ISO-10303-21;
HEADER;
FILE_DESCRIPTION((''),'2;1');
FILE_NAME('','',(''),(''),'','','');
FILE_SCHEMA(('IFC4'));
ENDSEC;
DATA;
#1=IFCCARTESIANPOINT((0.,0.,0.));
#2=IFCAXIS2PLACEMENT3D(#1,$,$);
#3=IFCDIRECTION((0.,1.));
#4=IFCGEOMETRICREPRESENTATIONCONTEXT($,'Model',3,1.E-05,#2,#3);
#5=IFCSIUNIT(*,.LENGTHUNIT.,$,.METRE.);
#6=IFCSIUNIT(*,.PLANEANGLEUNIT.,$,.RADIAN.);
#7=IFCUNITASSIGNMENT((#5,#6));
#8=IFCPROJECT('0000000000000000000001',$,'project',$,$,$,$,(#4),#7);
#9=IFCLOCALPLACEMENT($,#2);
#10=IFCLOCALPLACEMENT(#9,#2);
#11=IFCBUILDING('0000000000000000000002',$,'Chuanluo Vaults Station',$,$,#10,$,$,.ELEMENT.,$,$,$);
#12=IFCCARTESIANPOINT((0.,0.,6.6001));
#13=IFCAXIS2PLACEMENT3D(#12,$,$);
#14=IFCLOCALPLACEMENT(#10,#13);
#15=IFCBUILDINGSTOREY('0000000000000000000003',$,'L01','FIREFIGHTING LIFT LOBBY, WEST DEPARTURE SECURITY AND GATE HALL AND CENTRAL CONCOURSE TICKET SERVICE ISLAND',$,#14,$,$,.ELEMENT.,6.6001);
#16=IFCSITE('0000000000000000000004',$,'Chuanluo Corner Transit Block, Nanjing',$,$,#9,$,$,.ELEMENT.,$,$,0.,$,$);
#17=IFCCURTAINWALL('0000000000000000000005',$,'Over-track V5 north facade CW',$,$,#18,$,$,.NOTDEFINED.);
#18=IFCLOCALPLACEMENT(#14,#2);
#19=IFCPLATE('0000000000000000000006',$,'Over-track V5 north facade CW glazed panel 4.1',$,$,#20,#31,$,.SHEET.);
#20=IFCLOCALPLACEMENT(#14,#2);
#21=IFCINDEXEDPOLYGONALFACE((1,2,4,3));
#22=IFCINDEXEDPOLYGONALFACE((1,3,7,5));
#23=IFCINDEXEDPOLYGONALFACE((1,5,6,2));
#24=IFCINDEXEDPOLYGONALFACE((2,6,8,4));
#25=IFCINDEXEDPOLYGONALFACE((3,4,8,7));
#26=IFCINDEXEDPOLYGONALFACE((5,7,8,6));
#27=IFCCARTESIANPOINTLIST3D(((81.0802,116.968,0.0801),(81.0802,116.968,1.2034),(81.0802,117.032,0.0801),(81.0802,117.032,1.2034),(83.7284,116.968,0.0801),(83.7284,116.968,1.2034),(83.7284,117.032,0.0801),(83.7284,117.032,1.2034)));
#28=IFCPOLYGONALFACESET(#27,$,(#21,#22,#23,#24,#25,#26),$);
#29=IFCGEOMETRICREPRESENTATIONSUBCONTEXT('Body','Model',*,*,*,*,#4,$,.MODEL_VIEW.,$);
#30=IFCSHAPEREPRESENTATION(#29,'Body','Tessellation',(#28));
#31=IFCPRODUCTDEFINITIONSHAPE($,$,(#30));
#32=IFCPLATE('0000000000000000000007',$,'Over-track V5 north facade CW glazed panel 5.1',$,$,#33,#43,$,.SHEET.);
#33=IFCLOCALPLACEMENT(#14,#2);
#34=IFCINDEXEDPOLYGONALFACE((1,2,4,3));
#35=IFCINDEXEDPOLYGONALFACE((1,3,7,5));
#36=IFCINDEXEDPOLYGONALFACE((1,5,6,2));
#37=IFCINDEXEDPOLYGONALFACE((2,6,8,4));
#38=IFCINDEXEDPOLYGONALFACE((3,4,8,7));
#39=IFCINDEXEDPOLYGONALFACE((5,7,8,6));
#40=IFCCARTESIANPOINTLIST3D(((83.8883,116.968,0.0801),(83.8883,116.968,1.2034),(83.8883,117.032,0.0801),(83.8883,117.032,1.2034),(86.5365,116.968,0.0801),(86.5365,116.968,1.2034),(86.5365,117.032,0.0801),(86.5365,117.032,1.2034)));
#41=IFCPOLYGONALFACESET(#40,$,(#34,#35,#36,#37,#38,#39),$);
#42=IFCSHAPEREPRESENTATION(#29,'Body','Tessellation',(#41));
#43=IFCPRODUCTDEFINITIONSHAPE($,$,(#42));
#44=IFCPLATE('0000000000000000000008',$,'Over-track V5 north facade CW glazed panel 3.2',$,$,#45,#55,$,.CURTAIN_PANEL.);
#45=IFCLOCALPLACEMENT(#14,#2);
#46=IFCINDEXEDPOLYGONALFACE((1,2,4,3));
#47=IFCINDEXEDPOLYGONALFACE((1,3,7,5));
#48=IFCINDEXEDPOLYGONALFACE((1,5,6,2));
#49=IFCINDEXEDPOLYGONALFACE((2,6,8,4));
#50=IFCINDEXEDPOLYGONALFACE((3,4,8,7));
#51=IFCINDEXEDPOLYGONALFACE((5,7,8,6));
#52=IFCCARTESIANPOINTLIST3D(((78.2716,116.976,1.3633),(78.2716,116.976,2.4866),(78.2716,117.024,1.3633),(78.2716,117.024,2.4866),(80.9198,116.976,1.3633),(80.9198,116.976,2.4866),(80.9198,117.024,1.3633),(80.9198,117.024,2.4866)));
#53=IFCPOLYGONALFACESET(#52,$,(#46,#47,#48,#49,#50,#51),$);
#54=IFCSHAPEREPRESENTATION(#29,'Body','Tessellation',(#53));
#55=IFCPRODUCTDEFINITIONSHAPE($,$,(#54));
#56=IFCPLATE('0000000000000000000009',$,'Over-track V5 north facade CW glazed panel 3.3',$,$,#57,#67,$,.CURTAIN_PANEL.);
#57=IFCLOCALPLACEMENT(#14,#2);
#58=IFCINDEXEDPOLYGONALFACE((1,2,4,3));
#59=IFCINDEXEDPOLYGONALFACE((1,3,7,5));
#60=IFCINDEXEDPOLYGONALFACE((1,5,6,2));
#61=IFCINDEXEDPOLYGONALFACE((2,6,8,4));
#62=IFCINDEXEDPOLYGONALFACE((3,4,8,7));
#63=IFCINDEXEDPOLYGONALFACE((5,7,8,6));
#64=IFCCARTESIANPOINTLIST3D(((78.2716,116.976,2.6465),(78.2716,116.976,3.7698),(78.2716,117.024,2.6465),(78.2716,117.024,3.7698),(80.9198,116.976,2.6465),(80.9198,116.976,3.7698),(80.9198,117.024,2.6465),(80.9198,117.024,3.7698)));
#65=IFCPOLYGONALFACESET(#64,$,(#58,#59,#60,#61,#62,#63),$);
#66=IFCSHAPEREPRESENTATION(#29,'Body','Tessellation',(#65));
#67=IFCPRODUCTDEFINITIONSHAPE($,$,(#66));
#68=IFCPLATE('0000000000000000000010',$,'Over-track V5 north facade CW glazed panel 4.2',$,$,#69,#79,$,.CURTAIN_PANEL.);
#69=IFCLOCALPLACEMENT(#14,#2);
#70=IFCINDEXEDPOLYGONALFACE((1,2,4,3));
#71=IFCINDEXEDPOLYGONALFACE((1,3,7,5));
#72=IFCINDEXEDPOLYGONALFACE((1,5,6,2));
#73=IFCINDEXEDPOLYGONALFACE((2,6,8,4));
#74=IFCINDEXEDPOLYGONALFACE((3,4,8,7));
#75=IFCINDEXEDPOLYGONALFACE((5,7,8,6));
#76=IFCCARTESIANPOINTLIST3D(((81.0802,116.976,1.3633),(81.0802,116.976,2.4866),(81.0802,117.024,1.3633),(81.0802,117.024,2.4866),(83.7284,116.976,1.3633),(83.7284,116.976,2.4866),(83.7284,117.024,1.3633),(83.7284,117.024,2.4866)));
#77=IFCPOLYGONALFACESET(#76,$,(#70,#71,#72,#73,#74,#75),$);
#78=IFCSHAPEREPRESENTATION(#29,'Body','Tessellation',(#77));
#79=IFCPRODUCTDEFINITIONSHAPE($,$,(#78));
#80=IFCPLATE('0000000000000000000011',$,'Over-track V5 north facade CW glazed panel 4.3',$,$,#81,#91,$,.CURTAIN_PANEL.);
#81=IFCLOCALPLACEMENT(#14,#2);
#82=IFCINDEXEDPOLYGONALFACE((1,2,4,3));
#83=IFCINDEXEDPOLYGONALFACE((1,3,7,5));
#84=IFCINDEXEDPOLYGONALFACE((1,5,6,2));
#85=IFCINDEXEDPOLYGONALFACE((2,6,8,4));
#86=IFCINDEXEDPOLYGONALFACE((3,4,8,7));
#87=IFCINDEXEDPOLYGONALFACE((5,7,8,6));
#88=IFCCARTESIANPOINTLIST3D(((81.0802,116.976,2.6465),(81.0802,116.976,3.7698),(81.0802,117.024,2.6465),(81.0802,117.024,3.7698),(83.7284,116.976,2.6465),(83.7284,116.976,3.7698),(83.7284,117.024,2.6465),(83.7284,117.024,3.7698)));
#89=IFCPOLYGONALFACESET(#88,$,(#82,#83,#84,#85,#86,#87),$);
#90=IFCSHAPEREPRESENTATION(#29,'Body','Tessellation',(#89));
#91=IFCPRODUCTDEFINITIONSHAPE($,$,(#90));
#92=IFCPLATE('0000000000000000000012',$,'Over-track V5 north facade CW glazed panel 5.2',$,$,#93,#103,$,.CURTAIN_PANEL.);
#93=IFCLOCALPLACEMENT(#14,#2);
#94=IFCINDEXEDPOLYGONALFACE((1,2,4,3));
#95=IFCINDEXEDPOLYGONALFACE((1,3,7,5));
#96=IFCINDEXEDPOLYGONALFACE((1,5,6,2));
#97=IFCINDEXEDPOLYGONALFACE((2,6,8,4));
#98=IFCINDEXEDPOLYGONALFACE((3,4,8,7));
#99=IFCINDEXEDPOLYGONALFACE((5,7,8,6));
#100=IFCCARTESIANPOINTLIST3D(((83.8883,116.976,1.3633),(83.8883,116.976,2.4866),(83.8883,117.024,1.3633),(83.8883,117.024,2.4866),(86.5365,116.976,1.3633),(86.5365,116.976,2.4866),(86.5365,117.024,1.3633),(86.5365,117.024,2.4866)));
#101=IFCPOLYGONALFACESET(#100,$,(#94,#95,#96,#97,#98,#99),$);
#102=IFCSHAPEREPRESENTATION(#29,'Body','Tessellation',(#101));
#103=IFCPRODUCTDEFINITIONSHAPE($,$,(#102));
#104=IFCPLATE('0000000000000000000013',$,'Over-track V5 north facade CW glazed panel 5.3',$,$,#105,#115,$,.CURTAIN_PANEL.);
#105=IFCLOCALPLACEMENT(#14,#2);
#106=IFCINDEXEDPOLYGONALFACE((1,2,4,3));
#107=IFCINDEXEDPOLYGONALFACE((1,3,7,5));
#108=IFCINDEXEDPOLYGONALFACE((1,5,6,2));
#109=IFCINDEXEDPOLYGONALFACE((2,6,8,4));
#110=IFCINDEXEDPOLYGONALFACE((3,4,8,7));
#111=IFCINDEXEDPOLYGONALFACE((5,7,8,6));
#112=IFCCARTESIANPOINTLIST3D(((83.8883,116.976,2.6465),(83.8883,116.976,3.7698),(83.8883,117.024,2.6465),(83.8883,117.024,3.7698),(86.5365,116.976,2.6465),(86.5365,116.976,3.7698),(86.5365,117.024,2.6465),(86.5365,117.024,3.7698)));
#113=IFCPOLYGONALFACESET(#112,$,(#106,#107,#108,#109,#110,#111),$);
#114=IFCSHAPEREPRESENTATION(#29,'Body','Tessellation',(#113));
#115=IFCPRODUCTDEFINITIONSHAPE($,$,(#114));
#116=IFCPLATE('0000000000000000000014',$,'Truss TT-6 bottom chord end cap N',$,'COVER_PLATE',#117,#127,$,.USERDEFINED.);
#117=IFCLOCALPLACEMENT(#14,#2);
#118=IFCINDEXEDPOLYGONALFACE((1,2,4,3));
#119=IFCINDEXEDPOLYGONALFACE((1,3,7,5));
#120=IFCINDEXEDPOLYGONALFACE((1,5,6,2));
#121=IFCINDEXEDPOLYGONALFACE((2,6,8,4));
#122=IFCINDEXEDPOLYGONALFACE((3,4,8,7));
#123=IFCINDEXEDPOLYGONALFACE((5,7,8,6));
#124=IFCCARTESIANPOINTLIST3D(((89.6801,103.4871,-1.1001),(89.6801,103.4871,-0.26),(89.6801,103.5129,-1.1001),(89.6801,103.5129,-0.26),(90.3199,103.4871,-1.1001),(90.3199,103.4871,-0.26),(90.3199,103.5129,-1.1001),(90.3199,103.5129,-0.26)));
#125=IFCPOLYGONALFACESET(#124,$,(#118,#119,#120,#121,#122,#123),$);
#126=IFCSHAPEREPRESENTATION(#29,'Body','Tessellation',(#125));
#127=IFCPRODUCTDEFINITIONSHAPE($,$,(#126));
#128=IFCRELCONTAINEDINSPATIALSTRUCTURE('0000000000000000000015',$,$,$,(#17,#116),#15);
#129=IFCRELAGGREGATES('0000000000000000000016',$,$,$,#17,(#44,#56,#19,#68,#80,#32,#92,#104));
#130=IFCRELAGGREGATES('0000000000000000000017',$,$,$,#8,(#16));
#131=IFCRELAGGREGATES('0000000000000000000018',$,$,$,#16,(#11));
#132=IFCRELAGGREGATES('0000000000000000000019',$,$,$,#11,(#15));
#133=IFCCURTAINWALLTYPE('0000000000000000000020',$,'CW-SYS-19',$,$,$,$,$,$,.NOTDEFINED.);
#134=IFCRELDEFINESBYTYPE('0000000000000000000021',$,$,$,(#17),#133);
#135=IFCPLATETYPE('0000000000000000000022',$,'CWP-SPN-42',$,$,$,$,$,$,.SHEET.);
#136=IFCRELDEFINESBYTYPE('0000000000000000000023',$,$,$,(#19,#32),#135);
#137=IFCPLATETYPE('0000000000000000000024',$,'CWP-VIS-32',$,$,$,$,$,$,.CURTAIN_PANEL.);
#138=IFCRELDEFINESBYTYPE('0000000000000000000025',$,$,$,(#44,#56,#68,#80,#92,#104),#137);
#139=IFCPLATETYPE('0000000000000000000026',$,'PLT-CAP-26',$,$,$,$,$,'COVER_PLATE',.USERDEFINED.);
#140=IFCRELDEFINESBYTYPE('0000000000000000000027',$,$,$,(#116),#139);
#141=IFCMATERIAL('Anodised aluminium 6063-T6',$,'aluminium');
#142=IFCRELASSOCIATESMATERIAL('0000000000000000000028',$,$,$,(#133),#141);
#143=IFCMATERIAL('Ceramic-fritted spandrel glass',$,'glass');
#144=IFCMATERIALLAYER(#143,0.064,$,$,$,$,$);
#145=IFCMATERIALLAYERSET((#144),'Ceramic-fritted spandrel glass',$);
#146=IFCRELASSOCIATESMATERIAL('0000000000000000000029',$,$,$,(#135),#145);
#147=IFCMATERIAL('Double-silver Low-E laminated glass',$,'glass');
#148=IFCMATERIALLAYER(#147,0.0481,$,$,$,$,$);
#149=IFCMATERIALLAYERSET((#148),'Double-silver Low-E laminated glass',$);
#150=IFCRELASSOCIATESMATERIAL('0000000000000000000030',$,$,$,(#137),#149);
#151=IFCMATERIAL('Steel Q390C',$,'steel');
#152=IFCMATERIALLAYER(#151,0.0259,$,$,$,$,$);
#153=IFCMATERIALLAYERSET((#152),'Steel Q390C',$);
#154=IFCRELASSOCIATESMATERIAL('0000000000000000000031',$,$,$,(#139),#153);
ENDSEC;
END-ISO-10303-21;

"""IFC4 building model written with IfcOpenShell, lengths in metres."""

from ifc_helpers import new_model, si_unit, direction, frame, origin, origin_2d, place, context, subcontext, project, spatial, rectangle, extrude, material, layer, layer_set, type_object, element, aggregate, save


model = new_model("IFC4")

# Units and contexts
model_context = context("Model", 3, precision=1e-05, world=origin(), true_north=direction((0.0, 1.0)))
body_context = subcontext(model_context, "Body", "Model", "MODEL_VIEW")
ifc_project = project(units=[si_unit("LENGTHUNIT", "METRE"), si_unit("PLANEANGLEUNIT", "RADIAN")], contexts=[model_context])

# Site, building, storey
site_placement = place(None, origin())
site = spatial("IfcSite", under=ifc_project, at=site_placement, Name="Chuanluo Corner Transit Block, Nanjing", CompositionType="ELEMENT", RefElevation=0.0)
building_placement = place(site_placement, origin())
building = spatial("IfcBuilding", under=site, at=building_placement, Name="Chuanluo Vaults Station", CompositionType="ELEMENT")
storey_placement = place(building_placement, frame((0.0, 0.0, 6.6001)))
storey = spatial("IfcBuildingStorey", under=building, at=storey_placement, Name="L01", Description="FIREFIGHTING LIFT LOBBY, WEST DEPARTURE SECURITY AND GATE HALL AND CENTRAL CONCOURSE TICKET SERVICE ISLAND", CompositionType="ELEMENT", Elevation=6.6001)

# Curtain wall, plates
ifc_material_1 = material(Name="Anodised aluminium 6063-T6", Category="aluminium")
curtain_wall_type = type_object("IfcCurtainWallType", Name="CW-SYS-19", PredefinedType="NOTDEFINED", material=ifc_material_1)
curtain_wall_placement = place(storey_placement, origin())
curtain_wall = element("IfcCurtainWall", 1, at=curtain_wall_placement, inside=storey, type_object=curtain_wall_type, Name="Over-track V5 north facade CW", PredefinedType="NOTDEFINED")
ifc_material_2 = material(Name="Ceramic-fritted spandrel glass", Category="glass")
ifc_layer_1 = layer(ifc_material_2, 0.064)
ifc_layer_set_1 = layer_set([ifc_layer_1], Name="Ceramic-fritted spandrel glass")
plate_type_1 = type_object("IfcPlateType", Name="CWP-SPN-42", PredefinedType="SHEET", material=ifc_layer_set_1)
plate_1_placement = place(storey_placement, frame((82.4043, 117.0, 0.0801), z_axis=(0.0, 0.0, 1.0), x_axis=(1.0, 0.0, 0.0)))
plate_1 = element("IfcPlate", 2, at=plate_1_placement, type_object=plate_type_1, Name="Over-track V5 north facade CW glazed panel 4.1", PredefinedType="SHEET", context=body_context, shape_type="SweptSolid", body=[
    extrude(rectangle(XDim=2.6482, YDim=0.064, at=origin_2d()), origin(), (0.0, 0.0, 1.0), 1.1233),
])
plate_2_placement = place(storey_placement, frame((85.2124, 117.0, 0.0801), z_axis=(0.0, 0.0, 1.0), x_axis=(1.0, 0.0, 0.0)))
plate_2 = element("IfcPlate", 3, at=plate_2_placement, type_object=plate_type_1, Name="Over-track V5 north facade CW glazed panel 5.1", PredefinedType="SHEET", context=body_context, shape_type="SweptSolid", body=[
    extrude(rectangle(XDim=2.6482, YDim=0.064, at=origin_2d()), origin(), (0.0, 0.0, 1.0), 1.1233),
])
ifc_material_3 = material(Name="Double-silver Low-E laminated glass", Category="glass")
ifc_layer_2 = layer(ifc_material_3, 0.0481)
ifc_layer_set_2 = layer_set([ifc_layer_2], Name="Double-silver Low-E laminated glass")
plate_type_2 = type_object("IfcPlateType", Name="CWP-VIS-32", PredefinedType="CURTAIN_PANEL", material=ifc_layer_set_2)
plate_3_placement = place(storey_placement, frame((79.5957, 117.0, 1.3633), z_axis=(0.0, 0.0, 1.0), x_axis=(1.0, 0.0, 0.0)))
plate_3 = element("IfcPlate", 4, at=plate_3_placement, type_object=plate_type_2, Name="Over-track V5 north facade CW glazed panel 3.2", PredefinedType="CURTAIN_PANEL", context=body_context, shape_type="SweptSolid", body=[
    extrude(rectangle(XDim=2.6482, YDim=0.0481, at=origin_2d()), origin(), (0.0, 0.0, 1.0), 1.1233),
])
plate_4_placement = place(storey_placement, frame((79.5957, 117.0, 2.6465), z_axis=(0.0, 0.0, 1.0), x_axis=(1.0, 0.0, 0.0)))
plate_4 = element("IfcPlate", 5, at=plate_4_placement, type_object=plate_type_2, Name="Over-track V5 north facade CW glazed panel 3.3", PredefinedType="CURTAIN_PANEL", context=body_context, shape_type="SweptSolid", body=[
    extrude(rectangle(XDim=2.6482, YDim=0.0481, at=origin_2d()), origin(), (0.0, 0.0, 1.0), 1.1233),
])
plate_5_placement = place(storey_placement, frame((82.4043, 117.0, 1.3633), z_axis=(0.0, 0.0, 1.0), x_axis=(1.0, 0.0, 0.0)))
plate_5 = element("IfcPlate", 6, at=plate_5_placement, type_object=plate_type_2, Name="Over-track V5 north facade CW glazed panel 4.2", PredefinedType="CURTAIN_PANEL", context=body_context, shape_type="SweptSolid", body=[
    extrude(rectangle(XDim=2.6482, YDim=0.0481, at=origin_2d()), origin(), (0.0, 0.0, 1.0), 1.1233),
])
plate_6_placement = place(storey_placement, frame((82.4043, 117.0, 2.6465), z_axis=(0.0, 0.0, 1.0), x_axis=(1.0, 0.0, 0.0)))
plate_6 = element("IfcPlate", 7, at=plate_6_placement, type_object=plate_type_2, Name="Over-track V5 north facade CW glazed panel 4.3", PredefinedType="CURTAIN_PANEL", context=body_context, shape_type="SweptSolid", body=[
    extrude(rectangle(XDim=2.6482, YDim=0.0481, at=origin_2d()), origin(), (0.0, 0.0, 1.0), 1.1233),
])
plate_7_placement = place(storey_placement, frame((85.2124, 117.0, 1.3633), z_axis=(0.0, 0.0, 1.0), x_axis=(1.0, 0.0, 0.0)))
plate_7 = element("IfcPlate", 8, at=plate_7_placement, type_object=plate_type_2, Name="Over-track V5 north facade CW glazed panel 5.2", PredefinedType="CURTAIN_PANEL", context=body_context, shape_type="SweptSolid", body=[
    extrude(rectangle(XDim=2.6482, YDim=0.0481, at=origin_2d()), origin(), (0.0, 0.0, 1.0), 1.1233),
])
plate_8_placement = place(storey_placement, frame((85.2124, 117.0, 2.6465), z_axis=(0.0, 0.0, 1.0), x_axis=(1.0, 0.0, 0.0)))
plate_8 = element("IfcPlate", 9, at=plate_8_placement, type_object=plate_type_2, Name="Over-track V5 north facade CW glazed panel 5.3", PredefinedType="CURTAIN_PANEL", context=body_context, shape_type="SweptSolid", body=[
    extrude(rectangle(XDim=2.6482, YDim=0.0481, at=origin_2d()), origin(), (0.0, 0.0, 1.0), 1.1233),
])
aggregate(curtain_wall, [plate_3, plate_4, plate_1, plate_5, plate_6, plate_2, plate_7, plate_8])

# Plate
ifc_material_4 = material(Name="Steel Q390C", Category="steel")
ifc_layer_3 = layer(ifc_material_4, 0.0259)
ifc_layer_set_3 = layer_set([ifc_layer_3], Name="Steel Q390C")
plate_type_3 = type_object("IfcPlateType", Name="PLT-CAP-26", ElementType="COVER_PLATE", PredefinedType="USERDEFINED", material=ifc_layer_set_3)
plate_9_placement = place(storey_placement, frame((90.0, 103.5, -1.1001), z_axis=(0.0, 0.0, 1.0), x_axis=(1.0, 0.0, 0.0)))
element("IfcPlate", 10, at=plate_9_placement, inside=storey, type_object=plate_type_3, Name="Truss TT-6 bottom chord end cap N", ObjectType="COVER_PLATE", PredefinedType="USERDEFINED", context=body_context, shape_type="SweptSolid", body=[
    extrude(rectangle(XDim=0.6399, YDim=0.0259, at=origin_2d()), origin(), (0.0, 0.0, 1.0), 0.8401),
])

save(model, "model.ifc")
